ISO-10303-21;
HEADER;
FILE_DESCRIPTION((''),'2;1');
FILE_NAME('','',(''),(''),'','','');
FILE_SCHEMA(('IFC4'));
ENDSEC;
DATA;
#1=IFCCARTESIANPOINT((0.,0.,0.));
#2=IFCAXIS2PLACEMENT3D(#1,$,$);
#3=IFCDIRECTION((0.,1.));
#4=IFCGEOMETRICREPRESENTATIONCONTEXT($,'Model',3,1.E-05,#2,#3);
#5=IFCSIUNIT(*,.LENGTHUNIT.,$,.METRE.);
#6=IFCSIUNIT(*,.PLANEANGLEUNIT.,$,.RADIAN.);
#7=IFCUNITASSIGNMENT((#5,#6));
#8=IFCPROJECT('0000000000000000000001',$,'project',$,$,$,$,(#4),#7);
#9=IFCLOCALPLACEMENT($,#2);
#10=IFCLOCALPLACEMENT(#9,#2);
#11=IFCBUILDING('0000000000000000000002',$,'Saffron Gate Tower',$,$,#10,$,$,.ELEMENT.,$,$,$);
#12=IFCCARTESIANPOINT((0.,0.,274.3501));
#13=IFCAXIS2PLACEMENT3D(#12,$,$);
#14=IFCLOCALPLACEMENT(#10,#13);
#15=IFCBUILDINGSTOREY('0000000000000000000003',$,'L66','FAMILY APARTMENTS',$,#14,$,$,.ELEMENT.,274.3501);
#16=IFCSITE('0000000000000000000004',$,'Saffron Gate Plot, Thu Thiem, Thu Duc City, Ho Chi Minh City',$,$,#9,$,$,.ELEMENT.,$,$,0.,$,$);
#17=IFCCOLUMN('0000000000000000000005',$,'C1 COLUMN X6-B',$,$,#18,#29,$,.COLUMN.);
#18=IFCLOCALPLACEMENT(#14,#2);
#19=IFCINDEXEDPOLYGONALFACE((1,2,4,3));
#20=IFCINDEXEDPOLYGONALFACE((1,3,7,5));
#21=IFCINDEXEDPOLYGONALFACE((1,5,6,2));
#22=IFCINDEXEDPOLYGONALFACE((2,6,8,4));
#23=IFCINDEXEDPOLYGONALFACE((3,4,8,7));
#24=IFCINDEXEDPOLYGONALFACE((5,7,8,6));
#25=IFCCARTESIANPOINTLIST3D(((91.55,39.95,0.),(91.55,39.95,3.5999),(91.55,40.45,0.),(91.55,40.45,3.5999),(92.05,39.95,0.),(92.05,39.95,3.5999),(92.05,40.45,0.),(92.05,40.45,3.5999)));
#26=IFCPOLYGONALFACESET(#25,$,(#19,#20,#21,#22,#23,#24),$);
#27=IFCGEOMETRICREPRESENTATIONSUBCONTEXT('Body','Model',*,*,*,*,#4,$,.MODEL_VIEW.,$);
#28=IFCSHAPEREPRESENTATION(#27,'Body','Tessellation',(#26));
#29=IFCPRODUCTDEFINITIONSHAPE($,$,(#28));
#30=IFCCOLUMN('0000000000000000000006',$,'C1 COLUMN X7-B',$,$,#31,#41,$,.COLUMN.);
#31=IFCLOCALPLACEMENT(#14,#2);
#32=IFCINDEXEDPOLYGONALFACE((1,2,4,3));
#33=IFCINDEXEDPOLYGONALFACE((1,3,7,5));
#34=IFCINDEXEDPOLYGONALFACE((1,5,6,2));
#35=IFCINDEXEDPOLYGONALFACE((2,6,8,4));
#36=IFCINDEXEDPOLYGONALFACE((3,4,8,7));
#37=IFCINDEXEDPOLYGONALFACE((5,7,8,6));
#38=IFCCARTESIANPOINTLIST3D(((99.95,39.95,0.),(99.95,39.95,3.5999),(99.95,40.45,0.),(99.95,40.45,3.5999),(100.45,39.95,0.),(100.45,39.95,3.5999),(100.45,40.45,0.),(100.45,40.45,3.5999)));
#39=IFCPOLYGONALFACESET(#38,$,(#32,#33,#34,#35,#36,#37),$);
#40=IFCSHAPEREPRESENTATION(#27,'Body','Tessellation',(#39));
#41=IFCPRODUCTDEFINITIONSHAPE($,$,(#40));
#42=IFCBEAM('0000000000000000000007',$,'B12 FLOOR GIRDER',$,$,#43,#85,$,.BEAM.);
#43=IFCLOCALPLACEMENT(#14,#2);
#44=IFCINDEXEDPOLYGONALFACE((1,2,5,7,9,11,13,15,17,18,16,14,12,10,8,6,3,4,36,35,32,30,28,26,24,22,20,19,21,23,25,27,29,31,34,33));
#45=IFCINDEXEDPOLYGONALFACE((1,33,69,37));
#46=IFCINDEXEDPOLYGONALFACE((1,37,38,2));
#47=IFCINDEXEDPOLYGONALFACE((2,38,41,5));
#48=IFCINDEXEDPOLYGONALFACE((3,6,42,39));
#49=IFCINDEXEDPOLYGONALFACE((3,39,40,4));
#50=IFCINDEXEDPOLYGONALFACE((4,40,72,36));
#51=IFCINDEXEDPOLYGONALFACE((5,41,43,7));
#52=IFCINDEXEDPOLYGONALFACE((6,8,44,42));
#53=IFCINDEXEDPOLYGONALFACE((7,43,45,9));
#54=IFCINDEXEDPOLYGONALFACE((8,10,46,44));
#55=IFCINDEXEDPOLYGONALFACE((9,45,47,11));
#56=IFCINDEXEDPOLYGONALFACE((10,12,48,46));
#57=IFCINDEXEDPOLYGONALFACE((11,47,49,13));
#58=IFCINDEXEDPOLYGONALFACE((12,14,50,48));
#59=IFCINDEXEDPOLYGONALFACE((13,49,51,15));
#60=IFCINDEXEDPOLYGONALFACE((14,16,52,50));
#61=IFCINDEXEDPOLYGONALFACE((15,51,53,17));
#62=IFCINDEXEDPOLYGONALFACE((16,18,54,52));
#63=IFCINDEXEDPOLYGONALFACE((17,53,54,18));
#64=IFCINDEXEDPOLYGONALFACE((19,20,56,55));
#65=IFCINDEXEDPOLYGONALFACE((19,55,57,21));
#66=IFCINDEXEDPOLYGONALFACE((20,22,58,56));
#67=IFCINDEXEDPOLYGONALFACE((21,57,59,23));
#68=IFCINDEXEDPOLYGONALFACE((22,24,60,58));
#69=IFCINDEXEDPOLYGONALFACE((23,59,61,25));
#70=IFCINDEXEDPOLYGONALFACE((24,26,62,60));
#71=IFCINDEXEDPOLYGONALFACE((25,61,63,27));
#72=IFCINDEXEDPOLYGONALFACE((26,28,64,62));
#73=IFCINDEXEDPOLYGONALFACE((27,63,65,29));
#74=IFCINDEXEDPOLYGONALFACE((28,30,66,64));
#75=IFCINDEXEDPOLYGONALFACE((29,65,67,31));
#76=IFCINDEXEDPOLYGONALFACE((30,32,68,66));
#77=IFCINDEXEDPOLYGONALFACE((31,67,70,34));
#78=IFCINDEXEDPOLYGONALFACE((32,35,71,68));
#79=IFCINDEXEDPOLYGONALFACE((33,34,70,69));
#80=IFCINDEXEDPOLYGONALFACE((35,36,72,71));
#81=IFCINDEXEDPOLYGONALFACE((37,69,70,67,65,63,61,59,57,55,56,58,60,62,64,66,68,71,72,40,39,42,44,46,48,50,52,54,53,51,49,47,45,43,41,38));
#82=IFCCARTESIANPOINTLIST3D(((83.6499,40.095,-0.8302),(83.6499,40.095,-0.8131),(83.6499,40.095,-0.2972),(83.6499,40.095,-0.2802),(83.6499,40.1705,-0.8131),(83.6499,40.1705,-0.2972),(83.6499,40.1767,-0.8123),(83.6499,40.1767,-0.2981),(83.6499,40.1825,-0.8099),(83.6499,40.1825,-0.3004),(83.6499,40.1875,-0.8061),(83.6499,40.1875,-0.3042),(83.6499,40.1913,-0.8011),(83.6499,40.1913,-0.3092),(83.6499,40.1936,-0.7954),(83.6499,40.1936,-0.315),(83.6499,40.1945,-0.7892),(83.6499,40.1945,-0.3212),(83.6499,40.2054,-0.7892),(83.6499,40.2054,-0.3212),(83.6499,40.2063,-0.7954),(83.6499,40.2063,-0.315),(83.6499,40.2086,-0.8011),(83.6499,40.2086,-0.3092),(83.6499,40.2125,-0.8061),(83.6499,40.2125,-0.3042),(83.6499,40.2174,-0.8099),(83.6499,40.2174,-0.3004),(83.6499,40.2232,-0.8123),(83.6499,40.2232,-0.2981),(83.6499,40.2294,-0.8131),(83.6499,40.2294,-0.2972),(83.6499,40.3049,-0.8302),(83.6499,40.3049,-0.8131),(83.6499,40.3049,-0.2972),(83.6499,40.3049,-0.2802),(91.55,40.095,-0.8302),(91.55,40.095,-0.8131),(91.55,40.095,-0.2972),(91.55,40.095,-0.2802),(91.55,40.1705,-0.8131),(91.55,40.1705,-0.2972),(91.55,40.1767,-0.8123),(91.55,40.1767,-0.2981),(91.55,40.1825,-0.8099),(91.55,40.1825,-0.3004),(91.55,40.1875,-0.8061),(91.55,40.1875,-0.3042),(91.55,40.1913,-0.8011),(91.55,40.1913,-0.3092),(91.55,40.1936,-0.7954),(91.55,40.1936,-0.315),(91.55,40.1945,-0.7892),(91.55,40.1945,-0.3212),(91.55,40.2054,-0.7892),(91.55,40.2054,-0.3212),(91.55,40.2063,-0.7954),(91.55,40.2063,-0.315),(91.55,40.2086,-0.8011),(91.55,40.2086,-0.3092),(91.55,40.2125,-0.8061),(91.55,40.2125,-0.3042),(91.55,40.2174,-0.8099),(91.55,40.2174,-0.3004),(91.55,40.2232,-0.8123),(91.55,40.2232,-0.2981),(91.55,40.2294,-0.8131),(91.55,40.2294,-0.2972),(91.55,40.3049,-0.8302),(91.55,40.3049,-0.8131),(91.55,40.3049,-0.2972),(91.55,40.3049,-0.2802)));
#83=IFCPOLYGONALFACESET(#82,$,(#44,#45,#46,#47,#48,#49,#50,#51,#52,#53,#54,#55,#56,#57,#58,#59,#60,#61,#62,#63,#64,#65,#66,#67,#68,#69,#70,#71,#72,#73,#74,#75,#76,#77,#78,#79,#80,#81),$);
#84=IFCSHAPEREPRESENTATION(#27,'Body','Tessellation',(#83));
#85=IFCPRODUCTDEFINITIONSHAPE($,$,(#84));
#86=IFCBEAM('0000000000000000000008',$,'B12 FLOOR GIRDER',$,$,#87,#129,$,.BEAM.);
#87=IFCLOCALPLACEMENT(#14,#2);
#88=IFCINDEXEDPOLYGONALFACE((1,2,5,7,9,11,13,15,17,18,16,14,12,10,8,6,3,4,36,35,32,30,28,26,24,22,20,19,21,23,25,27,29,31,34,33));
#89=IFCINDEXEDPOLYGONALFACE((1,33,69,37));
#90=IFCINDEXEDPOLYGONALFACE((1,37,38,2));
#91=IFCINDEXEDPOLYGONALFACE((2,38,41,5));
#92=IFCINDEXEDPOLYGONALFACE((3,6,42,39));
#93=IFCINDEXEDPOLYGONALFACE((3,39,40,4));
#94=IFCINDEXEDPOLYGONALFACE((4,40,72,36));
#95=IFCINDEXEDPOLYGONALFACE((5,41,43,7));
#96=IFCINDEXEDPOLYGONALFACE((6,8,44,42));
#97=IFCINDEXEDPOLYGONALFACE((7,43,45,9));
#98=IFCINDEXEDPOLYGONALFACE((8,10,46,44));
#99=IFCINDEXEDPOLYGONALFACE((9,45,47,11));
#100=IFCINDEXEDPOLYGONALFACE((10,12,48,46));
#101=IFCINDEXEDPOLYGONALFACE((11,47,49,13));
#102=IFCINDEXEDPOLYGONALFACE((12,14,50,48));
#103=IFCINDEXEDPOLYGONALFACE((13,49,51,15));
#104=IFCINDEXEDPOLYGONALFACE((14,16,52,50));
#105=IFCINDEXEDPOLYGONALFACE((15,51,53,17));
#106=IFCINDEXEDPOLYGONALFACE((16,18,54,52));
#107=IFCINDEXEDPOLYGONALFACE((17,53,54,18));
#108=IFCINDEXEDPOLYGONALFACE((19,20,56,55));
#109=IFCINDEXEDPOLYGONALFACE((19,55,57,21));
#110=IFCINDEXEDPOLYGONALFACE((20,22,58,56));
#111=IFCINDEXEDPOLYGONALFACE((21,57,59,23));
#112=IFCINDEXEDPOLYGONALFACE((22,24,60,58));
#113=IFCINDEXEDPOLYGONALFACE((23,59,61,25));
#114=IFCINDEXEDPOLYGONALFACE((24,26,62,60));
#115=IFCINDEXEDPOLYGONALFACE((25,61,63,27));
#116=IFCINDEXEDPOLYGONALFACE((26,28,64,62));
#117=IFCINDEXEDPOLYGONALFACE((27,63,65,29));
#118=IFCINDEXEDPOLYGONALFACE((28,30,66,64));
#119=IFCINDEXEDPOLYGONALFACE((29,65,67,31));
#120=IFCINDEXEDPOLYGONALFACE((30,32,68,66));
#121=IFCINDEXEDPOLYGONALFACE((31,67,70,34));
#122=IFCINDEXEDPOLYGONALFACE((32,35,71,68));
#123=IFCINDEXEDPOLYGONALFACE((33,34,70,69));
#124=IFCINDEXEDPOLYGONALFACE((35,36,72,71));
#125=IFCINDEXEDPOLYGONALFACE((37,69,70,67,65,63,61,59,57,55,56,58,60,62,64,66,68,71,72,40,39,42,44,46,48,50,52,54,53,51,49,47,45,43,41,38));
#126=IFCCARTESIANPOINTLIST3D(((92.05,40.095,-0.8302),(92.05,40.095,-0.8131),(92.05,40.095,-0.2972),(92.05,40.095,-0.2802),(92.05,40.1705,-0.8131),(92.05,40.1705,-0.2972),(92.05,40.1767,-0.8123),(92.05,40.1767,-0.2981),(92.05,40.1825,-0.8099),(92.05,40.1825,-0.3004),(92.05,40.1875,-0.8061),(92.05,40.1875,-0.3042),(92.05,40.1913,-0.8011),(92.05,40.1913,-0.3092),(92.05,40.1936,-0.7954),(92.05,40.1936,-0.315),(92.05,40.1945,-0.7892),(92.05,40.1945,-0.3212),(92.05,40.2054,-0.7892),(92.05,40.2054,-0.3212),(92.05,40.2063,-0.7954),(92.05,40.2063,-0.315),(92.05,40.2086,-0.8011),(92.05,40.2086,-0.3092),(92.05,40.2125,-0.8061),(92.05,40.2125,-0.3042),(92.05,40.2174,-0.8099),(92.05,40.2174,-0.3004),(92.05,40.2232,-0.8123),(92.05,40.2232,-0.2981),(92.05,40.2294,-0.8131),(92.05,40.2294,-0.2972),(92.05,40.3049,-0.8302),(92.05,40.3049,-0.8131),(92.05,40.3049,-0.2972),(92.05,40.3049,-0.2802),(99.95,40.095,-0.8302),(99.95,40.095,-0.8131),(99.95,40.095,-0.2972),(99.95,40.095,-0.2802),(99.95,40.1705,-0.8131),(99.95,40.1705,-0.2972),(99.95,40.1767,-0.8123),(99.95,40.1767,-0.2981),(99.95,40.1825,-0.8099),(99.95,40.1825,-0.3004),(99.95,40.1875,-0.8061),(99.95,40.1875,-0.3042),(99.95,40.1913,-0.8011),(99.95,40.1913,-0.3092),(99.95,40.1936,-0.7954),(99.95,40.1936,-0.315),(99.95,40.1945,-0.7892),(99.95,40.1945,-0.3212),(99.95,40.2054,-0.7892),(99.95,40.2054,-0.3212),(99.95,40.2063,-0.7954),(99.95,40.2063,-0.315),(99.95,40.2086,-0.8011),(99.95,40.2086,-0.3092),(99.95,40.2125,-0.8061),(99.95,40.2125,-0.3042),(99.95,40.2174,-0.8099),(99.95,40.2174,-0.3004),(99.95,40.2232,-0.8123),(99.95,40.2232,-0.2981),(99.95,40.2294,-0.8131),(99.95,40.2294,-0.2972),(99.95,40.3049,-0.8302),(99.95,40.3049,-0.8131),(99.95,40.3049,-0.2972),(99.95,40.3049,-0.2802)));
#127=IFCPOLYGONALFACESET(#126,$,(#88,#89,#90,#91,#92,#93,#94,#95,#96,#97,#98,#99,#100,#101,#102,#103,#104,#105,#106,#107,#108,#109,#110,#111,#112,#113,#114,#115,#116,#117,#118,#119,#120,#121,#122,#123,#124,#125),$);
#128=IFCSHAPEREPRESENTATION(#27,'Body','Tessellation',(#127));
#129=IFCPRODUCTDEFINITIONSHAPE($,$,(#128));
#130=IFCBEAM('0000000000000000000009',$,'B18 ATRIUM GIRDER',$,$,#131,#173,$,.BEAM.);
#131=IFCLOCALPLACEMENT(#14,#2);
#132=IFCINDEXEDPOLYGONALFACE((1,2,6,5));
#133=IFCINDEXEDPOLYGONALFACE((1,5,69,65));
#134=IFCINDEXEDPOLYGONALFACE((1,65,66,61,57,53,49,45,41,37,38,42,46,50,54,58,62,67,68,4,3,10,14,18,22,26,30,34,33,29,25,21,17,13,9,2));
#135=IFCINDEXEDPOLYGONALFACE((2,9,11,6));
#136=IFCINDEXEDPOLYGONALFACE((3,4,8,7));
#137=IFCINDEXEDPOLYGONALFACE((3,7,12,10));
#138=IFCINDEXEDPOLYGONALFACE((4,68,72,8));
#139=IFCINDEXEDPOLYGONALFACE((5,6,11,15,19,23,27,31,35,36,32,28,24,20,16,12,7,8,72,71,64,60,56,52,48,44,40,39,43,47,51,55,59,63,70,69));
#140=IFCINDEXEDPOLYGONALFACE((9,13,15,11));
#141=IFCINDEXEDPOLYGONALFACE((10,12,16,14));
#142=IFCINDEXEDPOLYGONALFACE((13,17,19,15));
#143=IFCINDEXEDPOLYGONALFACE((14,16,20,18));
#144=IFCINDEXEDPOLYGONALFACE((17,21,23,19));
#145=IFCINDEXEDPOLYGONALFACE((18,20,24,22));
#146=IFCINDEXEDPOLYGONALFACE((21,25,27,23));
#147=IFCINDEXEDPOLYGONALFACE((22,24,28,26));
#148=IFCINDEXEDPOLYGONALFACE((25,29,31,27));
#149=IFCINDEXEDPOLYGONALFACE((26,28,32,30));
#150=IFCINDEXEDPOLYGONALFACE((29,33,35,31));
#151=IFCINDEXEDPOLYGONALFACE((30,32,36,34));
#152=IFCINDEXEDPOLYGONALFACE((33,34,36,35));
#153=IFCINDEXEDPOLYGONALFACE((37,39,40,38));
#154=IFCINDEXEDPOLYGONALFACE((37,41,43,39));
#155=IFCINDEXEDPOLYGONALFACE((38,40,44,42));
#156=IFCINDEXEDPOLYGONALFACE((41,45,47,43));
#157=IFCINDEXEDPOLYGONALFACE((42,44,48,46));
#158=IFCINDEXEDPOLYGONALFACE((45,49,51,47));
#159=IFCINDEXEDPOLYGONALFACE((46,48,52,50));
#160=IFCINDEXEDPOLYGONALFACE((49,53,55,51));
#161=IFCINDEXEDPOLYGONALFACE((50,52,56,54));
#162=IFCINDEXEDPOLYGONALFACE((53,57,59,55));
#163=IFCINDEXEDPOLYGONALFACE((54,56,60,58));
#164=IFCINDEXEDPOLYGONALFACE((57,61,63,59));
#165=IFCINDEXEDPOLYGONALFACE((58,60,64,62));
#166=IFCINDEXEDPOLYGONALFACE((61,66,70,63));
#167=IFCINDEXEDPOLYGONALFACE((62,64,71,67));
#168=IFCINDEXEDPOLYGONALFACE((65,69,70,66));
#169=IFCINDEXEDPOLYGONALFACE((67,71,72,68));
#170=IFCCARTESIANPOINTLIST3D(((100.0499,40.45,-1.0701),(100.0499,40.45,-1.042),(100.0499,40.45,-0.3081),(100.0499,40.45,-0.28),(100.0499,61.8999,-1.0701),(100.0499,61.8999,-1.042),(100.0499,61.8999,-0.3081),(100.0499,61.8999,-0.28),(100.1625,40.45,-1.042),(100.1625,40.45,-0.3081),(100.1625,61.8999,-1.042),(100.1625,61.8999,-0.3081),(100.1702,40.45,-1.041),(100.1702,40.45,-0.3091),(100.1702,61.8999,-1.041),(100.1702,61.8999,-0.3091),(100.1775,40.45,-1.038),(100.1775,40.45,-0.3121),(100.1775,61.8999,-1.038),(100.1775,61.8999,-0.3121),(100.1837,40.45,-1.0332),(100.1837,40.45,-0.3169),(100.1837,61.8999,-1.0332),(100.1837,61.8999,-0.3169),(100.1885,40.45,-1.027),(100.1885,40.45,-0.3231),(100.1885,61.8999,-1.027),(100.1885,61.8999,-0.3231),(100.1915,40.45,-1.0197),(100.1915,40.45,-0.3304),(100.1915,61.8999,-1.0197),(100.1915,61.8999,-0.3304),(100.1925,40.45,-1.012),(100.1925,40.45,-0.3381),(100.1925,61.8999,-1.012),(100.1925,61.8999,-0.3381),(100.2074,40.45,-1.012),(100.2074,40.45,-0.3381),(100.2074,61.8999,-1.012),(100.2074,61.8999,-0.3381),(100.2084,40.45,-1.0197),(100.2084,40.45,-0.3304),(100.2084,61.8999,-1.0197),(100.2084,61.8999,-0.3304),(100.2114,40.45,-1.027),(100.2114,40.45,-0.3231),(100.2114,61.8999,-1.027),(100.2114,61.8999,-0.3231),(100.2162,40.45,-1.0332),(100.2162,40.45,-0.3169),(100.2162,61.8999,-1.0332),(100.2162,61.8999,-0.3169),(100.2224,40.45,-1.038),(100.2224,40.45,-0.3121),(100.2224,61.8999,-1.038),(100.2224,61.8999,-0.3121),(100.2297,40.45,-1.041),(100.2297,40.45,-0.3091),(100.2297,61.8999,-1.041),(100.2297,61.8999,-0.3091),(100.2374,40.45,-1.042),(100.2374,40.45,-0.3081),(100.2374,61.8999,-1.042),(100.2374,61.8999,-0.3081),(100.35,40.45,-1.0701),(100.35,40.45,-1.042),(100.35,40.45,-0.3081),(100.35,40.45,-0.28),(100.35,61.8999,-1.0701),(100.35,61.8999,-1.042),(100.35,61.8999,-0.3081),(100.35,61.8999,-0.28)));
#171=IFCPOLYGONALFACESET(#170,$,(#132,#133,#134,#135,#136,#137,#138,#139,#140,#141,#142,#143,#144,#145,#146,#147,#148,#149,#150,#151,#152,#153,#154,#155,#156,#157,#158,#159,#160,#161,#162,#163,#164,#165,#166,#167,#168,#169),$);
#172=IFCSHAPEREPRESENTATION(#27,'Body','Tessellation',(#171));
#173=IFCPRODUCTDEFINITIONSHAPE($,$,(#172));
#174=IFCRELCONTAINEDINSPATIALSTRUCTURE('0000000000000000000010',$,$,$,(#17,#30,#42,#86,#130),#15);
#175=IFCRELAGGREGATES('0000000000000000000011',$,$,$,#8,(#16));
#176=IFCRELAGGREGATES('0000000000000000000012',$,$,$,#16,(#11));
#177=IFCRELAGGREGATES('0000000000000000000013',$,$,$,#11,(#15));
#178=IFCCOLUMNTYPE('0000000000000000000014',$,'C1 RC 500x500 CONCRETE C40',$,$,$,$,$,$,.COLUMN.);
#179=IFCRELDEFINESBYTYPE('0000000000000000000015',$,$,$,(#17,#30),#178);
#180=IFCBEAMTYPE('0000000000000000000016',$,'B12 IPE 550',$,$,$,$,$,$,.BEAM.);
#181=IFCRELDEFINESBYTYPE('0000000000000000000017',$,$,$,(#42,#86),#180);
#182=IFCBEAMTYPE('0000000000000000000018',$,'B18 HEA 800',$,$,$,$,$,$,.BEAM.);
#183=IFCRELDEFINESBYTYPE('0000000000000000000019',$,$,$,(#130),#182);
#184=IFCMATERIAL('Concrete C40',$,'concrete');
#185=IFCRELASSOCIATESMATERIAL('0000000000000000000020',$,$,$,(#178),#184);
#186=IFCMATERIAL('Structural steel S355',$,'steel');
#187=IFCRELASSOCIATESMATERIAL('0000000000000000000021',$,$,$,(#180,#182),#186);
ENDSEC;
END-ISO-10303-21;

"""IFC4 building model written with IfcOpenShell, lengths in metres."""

from ifc_helpers import new_model, si_unit, direction, frame, origin, origin_2d, place, context, subcontext, project, spatial, rectangle, i_section, extrude, material, material_profile, profile_set, type_object, element, save


model = new_model("IFC4")

# Units and contexts
model_context = context("Model", 3, precision=1e-05, world=origin(), true_north=direction((0.0, 1.0)))
body_context = subcontext(model_context, "Body", "Model", "MODEL_VIEW")
ifc_project = project(units=[si_unit("LENGTHUNIT", "METRE"), si_unit("PLANEANGLEUNIT", "RADIAN")], contexts=[model_context])

# Site, building, storey
site_placement = place(None, origin())
site = spatial("IfcSite", under=ifc_project, at=site_placement, Name="Saffron Gate Plot, Thu Thiem, Thu Duc City, Ho Chi Minh City", CompositionType="ELEMENT", RefElevation=0.0)
building_placement = place(site_placement, origin())
building = spatial("IfcBuilding", under=site, at=building_placement, Name="Saffron Gate Tower", CompositionType="ELEMENT")
storey_placement = place(building_placement, frame((0.0, 0.0, 274.3501)))
storey = spatial("IfcBuildingStorey", under=building, at=storey_placement, Name="L66", Description="FAMILY APARTMENTS", CompositionType="ELEMENT", Elevation=274.3501)

# Columns
ifc_material_1 = material(Name="Concrete C40", Category="concrete")
ifc_material_profile_1 = material_profile(ifc_material_1, rectangle(XDim=0.5, YDim=0.5, at=origin_2d()))
ifc_profile_set_1 = profile_set([ifc_material_profile_1], Name="Concrete C40")
column_type = type_object("IfcColumnType", Name="C1 RC 500x500 CONCRETE C40", PredefinedType="COLUMN", material=ifc_profile_set_1)
for number, where, z_axis, x_axis, name in (
    (1, (91.8, 40.2, 0.0), (0.0, 0.0, 1.0), (1.0, 0.0, 0.0), "C1 COLUMN X6-B"),
    (2, (100.2, 40.2, 0.0), (0.0, 0.0, 1.0), (1.0, 0.0, 0.0), "C1 COLUMN X7-B"),
):
    element("IfcColumn", number, at=place(storey_placement, frame(where, z_axis=z_axis, x_axis=x_axis)), inside=storey, type_object=column_type, Name=name, PredefinedType="COLUMN", context=body_context, shape_type="SweptSolid", body=[
        extrude(rectangle(XDim=0.5, YDim=0.5, at=origin_2d()), origin(), (0.0, 0.0, 1.0), 3.5999),
    ])

# Beams
ifc_material_2 = material(Name="Structural steel S355", Category="steel")
ifc_material_profile_2 = material_profile(ifc_material_2, i_section(OverallWidth=0.21, OverallDepth=0.55, WebThickness=0.011, FlangeThickness=0.0171, FilletRadius=0.0239, at=origin_2d()))
ifc_profile_set_2 = profile_set([ifc_material_profile_2], Name="Structural steel S355")
beam_type_1 = type_object("IfcBeamType", Name="B12 IPE 550", PredefinedType="BEAM", material=ifc_profile_set_2)
beam_1_placement = place(storey_placement, frame((83.6499, 40.2, -0.5552), z_axis=(1.0, 0.0, 0.0), x_axis=(0.0, 1.0, 0.0)))
element("IfcBeam", 3, at=beam_1_placement, inside=storey, type_object=beam_type_1, Name="B12 FLOOR GIRDER", PredefinedType="BEAM", context=body_context, shape_type="SweptSolid", body=[
    extrude(i_section(OverallWidth=0.21, OverallDepth=0.55, WebThickness=0.011, FlangeThickness=0.0171, FilletRadius=0.0239, at=origin_2d()), origin(), (0.0, 0.0, 1.0), 7.9001),
])
beam_2_placement = place(storey_placement, frame((92.05, 40.2, -0.5552), z_axis=(1.0, 0.0, 0.0), x_axis=(0.0, 1.0, 0.0)))
element("IfcBeam", 4, at=beam_2_placement, inside=storey, type_object=beam_type_1, Name="B12 FLOOR GIRDER", PredefinedType="BEAM", context=body_context, shape_type="SweptSolid", body=[
    extrude(i_section(OverallWidth=0.21, OverallDepth=0.55, WebThickness=0.011, FlangeThickness=0.0171, FilletRadius=0.0239, at=origin_2d()), origin(), (0.0, 0.0, 1.0), 7.8999),
])
ifc_material_profile_3 = material_profile(ifc_material_2, i_section(OverallWidth=0.3, OverallDepth=0.79, WebThickness=0.0149, FlangeThickness=0.0281, FilletRadius=0.03, at=origin_2d()))
ifc_profile_set_3 = profile_set([ifc_material_profile_3], Name="Structural steel S355")
beam_type_2 = type_object("IfcBeamType", Name="B18 HEA 800", PredefinedType="BEAM", material=ifc_profile_set_3)
beam_3_placement = place(storey_placement, frame((100.2, 40.45, -0.675), z_axis=(0.0, 1.0, 0.0), x_axis=(-1.0, 0.0, 0.0)))
element("IfcBeam", 5, at=beam_3_placement, inside=storey, type_object=beam_type_2, Name="B18 ATRIUM GIRDER", PredefinedType="BEAM", context=body_context, shape_type="SweptSolid", body=[
    extrude(i_section(OverallWidth=0.3, OverallDepth=0.79, WebThickness=0.0149, FlangeThickness=0.0281, FilletRadius=0.03, at=origin_2d()), origin(), (0.0, 0.0, 1.0), 21.45),
])

save(model, "model.ifc")
